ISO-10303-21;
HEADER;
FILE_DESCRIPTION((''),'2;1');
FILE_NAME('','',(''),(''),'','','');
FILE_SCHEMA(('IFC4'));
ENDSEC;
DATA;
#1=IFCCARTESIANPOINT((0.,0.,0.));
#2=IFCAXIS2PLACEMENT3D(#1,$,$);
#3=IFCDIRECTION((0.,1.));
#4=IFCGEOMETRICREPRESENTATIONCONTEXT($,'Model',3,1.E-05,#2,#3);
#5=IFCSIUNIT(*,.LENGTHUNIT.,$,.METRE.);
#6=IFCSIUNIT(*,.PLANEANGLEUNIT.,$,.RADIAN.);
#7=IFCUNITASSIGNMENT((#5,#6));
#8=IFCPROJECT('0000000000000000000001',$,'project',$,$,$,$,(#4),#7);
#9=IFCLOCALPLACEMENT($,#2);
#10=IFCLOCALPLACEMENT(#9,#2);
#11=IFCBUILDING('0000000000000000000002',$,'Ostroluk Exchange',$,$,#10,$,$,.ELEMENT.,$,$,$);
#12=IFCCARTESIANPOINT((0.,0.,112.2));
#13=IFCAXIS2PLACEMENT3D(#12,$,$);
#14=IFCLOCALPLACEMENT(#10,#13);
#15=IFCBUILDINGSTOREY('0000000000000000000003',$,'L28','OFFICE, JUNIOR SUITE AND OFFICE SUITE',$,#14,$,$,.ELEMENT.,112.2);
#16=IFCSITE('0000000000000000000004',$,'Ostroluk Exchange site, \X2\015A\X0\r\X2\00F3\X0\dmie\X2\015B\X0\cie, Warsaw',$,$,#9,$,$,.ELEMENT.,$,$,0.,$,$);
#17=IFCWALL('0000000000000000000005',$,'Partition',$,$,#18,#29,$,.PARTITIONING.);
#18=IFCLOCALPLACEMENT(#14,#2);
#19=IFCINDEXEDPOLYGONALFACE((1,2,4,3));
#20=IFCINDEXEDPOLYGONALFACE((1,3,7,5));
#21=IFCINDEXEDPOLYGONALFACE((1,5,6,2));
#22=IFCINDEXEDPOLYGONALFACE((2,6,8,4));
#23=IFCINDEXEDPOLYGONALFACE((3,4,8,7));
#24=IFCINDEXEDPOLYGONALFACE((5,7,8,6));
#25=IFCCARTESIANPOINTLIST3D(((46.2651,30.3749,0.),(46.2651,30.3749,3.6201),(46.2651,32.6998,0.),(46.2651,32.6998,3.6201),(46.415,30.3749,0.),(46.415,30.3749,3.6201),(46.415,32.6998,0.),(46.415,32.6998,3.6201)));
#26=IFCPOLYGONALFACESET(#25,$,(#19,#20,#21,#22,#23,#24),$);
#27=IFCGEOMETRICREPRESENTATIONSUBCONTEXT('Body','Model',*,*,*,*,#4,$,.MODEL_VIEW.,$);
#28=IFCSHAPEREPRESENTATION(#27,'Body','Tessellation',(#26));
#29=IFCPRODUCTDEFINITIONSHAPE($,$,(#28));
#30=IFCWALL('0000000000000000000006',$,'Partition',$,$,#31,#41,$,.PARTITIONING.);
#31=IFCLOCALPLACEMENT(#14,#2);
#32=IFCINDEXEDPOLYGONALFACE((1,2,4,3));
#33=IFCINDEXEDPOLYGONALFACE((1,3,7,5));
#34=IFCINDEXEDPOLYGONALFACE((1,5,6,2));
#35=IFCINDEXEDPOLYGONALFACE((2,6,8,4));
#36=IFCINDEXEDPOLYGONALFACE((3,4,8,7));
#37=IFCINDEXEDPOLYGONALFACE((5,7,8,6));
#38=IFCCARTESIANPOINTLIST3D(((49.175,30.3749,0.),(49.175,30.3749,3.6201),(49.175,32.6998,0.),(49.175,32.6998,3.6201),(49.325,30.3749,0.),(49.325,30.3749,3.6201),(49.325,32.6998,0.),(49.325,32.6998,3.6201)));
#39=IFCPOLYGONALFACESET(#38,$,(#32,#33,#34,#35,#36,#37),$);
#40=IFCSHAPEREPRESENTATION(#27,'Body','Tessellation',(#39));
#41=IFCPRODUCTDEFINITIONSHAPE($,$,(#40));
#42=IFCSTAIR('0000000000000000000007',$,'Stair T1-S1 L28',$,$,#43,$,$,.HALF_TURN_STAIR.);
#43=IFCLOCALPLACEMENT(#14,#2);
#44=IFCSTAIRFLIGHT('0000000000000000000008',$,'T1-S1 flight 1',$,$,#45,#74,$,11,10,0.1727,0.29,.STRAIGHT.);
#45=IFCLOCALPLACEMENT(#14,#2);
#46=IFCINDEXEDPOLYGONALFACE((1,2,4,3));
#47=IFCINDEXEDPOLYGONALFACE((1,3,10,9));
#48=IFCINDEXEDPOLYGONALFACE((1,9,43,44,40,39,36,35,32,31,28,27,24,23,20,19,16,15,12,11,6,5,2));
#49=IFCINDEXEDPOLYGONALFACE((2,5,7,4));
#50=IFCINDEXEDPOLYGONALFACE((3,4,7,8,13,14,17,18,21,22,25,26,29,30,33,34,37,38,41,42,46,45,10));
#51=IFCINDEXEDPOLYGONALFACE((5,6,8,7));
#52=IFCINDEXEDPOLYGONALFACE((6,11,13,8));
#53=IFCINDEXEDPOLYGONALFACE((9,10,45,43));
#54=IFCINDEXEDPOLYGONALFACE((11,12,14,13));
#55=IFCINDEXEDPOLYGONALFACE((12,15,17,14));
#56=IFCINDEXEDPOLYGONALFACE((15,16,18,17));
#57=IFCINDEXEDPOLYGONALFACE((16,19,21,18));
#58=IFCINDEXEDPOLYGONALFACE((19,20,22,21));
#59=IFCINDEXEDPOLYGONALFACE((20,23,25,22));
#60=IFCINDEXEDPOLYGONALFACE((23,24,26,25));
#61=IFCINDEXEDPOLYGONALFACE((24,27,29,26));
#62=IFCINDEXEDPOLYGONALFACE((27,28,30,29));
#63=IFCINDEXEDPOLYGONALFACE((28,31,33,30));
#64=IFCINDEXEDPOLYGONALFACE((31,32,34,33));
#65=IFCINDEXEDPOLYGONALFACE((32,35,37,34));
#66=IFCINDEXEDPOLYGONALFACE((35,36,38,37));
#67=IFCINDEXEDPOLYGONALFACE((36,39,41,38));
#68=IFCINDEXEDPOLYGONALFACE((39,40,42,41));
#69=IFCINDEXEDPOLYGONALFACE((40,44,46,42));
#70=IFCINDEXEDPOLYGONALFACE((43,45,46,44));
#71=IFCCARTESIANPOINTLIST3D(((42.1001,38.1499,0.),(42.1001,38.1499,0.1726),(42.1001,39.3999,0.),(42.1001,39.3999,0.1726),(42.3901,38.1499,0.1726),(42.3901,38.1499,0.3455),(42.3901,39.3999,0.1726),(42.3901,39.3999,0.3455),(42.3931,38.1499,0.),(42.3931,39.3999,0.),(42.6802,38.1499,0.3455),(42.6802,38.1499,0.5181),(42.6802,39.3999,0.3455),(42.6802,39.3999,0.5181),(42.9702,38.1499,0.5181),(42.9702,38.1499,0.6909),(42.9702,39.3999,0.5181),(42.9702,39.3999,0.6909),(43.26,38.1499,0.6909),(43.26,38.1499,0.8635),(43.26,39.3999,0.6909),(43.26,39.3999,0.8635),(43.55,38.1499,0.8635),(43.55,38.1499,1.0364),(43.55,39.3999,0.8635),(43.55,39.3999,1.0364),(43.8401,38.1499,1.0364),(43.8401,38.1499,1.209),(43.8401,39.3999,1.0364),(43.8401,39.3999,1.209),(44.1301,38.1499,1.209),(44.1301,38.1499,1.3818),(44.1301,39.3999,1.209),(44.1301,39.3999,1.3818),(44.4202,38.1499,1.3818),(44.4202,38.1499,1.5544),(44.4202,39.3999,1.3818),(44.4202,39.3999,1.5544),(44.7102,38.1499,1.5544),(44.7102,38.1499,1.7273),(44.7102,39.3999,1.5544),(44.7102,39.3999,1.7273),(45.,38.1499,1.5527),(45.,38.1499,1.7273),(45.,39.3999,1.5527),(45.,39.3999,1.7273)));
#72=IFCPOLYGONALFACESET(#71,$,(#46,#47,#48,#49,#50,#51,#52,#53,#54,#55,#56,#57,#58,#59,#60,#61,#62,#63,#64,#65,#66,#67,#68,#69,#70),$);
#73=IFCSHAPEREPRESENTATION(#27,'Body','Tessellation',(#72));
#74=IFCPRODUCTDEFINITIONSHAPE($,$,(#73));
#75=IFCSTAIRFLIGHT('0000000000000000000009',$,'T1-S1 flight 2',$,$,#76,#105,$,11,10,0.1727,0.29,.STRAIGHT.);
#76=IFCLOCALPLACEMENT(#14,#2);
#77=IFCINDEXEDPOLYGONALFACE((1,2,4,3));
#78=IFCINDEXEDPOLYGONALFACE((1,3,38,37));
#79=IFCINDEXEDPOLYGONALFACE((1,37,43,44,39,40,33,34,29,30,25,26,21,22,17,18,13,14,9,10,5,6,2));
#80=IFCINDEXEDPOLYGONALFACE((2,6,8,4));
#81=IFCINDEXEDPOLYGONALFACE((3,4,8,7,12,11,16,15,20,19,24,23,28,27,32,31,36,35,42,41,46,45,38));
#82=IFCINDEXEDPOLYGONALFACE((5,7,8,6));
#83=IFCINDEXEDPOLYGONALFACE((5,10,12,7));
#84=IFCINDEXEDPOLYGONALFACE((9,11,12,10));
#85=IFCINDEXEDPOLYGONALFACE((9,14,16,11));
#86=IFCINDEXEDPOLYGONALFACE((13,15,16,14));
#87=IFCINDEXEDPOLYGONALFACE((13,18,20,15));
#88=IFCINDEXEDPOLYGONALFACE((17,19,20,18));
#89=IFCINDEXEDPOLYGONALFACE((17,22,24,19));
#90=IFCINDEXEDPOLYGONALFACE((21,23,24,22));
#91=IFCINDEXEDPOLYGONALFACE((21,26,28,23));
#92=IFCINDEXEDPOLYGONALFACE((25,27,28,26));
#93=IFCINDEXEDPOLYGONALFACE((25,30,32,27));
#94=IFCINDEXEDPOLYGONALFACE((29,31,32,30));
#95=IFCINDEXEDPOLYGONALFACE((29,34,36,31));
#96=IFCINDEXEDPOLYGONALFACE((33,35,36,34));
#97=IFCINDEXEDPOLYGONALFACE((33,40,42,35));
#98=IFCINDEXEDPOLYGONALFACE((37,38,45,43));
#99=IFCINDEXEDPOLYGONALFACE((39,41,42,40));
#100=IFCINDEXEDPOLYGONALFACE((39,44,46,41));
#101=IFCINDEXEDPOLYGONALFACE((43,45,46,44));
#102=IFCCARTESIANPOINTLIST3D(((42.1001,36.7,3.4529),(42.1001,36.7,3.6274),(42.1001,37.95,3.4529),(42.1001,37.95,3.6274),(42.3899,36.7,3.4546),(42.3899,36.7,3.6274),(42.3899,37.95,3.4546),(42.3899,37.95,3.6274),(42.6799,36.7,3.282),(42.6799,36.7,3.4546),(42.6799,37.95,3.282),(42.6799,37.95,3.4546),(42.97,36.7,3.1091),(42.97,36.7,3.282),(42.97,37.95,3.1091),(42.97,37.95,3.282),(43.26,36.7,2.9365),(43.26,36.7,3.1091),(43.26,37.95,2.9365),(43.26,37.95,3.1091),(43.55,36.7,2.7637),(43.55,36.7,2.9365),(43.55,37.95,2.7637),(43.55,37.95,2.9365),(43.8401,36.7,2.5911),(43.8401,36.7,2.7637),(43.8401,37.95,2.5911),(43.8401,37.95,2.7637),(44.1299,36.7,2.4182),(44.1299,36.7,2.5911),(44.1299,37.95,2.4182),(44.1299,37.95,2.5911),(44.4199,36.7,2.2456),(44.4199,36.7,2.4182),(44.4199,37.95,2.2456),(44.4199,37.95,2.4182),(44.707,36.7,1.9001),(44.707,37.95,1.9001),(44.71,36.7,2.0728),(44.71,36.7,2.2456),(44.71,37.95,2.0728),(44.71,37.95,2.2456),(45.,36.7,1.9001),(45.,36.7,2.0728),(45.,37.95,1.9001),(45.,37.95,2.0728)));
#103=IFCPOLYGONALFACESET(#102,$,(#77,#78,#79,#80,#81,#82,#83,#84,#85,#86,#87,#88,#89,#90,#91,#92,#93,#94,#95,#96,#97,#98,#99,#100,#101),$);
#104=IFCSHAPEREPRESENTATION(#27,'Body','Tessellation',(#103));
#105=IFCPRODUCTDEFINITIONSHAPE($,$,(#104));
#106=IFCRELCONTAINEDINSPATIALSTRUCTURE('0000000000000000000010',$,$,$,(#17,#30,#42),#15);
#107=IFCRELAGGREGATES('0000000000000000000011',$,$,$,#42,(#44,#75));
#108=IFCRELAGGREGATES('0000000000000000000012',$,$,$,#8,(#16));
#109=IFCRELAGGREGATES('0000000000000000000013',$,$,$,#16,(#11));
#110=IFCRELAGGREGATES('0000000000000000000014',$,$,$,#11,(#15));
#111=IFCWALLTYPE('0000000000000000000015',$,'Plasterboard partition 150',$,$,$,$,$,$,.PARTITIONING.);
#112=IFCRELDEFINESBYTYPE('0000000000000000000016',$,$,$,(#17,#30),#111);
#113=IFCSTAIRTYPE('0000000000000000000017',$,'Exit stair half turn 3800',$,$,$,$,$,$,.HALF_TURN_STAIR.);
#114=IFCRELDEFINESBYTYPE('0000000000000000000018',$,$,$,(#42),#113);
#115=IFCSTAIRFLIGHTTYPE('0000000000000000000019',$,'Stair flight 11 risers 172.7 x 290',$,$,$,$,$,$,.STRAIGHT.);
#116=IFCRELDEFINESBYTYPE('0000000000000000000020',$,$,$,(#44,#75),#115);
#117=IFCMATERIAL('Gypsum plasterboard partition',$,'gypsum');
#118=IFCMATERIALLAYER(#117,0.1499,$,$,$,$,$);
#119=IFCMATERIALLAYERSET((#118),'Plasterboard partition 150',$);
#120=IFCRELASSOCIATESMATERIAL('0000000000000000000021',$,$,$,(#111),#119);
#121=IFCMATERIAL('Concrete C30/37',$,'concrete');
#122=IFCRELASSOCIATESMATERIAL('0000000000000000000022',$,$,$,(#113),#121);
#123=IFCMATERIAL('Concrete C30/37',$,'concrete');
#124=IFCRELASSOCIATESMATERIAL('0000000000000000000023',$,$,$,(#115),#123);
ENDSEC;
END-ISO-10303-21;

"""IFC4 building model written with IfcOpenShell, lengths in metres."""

from ifc_helpers import new_model, si_unit, direction, frame, frame_2d, origin, place, context, subcontext, project, spatial, polyline, rectangle, outline, extrude, material, layer, layer_set, type_object, element, aggregate, save


model = new_model("IFC4")

# Units and contexts
model_context = context("Model", 3, precision=1e-05, world=origin(), true_north=direction((0.0, 1.0)))
body_context = subcontext(model_context, "Body", "Model", "MODEL_VIEW")
ifc_project = project(units=[si_unit("LENGTHUNIT", "METRE"), si_unit("PLANEANGLEUNIT", "RADIAN")], contexts=[model_context])

# Site, building, storey
site_placement = place(None, origin())
site = spatial("IfcSite", under=ifc_project, at=site_placement, Name="Ostroluk Exchange site, Śródmieście, Warsaw", CompositionType="ELEMENT", RefElevation=0.0)
building_placement = place(site_placement, origin())
building = spatial("IfcBuilding", under=site, at=building_placement, Name="Ostroluk Exchange", CompositionType="ELEMENT")
storey_placement = place(building_placement, frame((0.0, 0.0, 112.2)))
storey = spatial("IfcBuildingStorey", under=building, at=storey_placement, Name="L28", Description="OFFICE, JUNIOR SUITE AND OFFICE SUITE", CompositionType="ELEMENT", Elevation=112.2)

# Shared definitions
ifc_material_1 = material(Name="Gypsum plasterboard partition", Category="gypsum")
ifc_layer_1 = layer(ifc_material_1, 0.1499)
ifc_layer_set_1 = layer_set([ifc_layer_1], Name="Plasterboard partition 150")
wall_type_1 = type_object("IfcWallType", Name="Plasterboard partition 150", PredefinedType="PARTITIONING", material=ifc_layer_set_1)

# Walls
for number, where, z_axis, x_axis, name in (
    (1, (46.3401, 32.7, 0.0), (0.0, 0.0, 1.0), (0.0, -1.0, 0.0), "Partition"),
    (2, (49.25, 32.7, 0.0), (0.0, 0.0, 1.0), (0.0, -1.0, 0.0), "Partition"),
):
    element("IfcWall", number, at=place(storey_placement, frame(where, z_axis=z_axis, x_axis=x_axis)), inside=storey, type_object=wall_type_1, Name=name, PredefinedType="PARTITIONING", context=body_context, shape_type="SweptSolid", body=[
        extrude(rectangle(XDim=2.325, YDim=0.1499, at=frame_2d((1.1626, 0.0))), origin(), (0.0, 0.0, 1.0), 3.6201),
    ])

# Stair, stair flights
ifc_material_2 = material(Name="Concrete C30/37", Category="concrete")
stair_type = type_object("IfcStairType", Name="Exit stair half turn 3800", PredefinedType="HALF_TURN_STAIR", material=ifc_material_2)
stair_placement = place(storey_placement, origin())
stair = element("IfcStair", 3, at=stair_placement, inside=storey, type_object=stair_type, Name="Stair T1-S1 L28", PredefinedType="HALF_TURN_STAIR")
ifc_material_3 = material(Name="Concrete C30/37", Category="concrete")
stair_flight_type = type_object("IfcStairFlightType", Name="Stair flight 11 risers 172.7 x 290", PredefinedType="STRAIGHT", material=ifc_material_3)
stair_flight_1_placement = place(storey_placement, frame((42.1001, 38.7749, 0.0), z_axis=(0.0, 0.0, 1.0), x_axis=(1.0, 0.0, 0.0)))
stair_flight_1 = element("IfcStairFlight", 4, at=stair_flight_1_placement, type_object=stair_flight_type, Name="T1-S1 flight 1", NumberOfRisers=11, NumberOfTreads=10, PredefinedType="STRAIGHT", RiserHeight=0.1727, TreadLength=0.29, context=body_context, shape_type="SweptSolid", body=[
    extrude(outline(polyline([(0.0, 0.0), (0.0, 0.1726), (0.29, 0.1726), (0.29, 0.3455), (0.5801, 0.3455), (0.5801, 0.5181), (0.8701, 0.5181), (0.8701, 0.6909), (1.1599, 0.6909), (1.1599, 0.8635), (1.45, 0.8635), (1.45, 1.0364), (1.74, 1.0364), (1.74, 1.209), (2.03, 1.209), (2.03, 1.3818), (2.3201, 1.3818), (2.3201, 1.5544), (2.6101, 1.5544), (2.6101, 1.7273), (2.8999, 1.7273), (2.8999, 1.8999), (2.8999, 1.5527), (0.293, 0.0), (0.0, 0.0)])), frame((0.0, 0.625, 0.0), z_axis=(0.0, -1.0, 0.0), x_axis=(1.0, 0.0, 0.0)), (0.0, 0.0, 1.0), 1.25),
])
stair_flight_2_placement = place(storey_placement, frame((45.0, 37.325, 1.9001), z_axis=(0.0, 0.0, 1.0), x_axis=(-1.0, 0.0, 0.0)))
stair_flight_2 = element("IfcStairFlight", 5, at=stair_flight_2_placement, type_object=stair_flight_type, Name="T1-S1 flight 2", NumberOfRisers=11, NumberOfTreads=10, PredefinedType="STRAIGHT", RiserHeight=0.1727, TreadLength=0.29, context=body_context, shape_type="SweptSolid", body=[
    extrude(outline(polyline([(0.0, 0.0), (0.0, 0.1726), (0.29, 0.1726), (0.29, 0.3455), (0.5801, 0.3455), (0.5801, 0.5181), (0.8701, 0.5181), (0.8701, 0.6909), (1.1599, 0.6909), (1.1599, 0.8635), (1.45, 0.8635), (1.45, 1.0364), (1.74, 1.0364), (1.74, 1.209), (2.03, 1.209), (2.03, 1.3818), (2.3201, 1.3818), (2.3201, 1.5544), (2.6101, 1.5544), (2.6101, 1.7273), (2.8999, 1.7273), (2.8999, 1.8999), (2.8999, 1.5527), (0.293, 0.0), (0.0, 0.0)])), frame((0.0, 0.625, 0.0), z_axis=(0.0, -1.0, 0.0), x_axis=(1.0, 0.0, 0.0)), (0.0, 0.0, 1.0), 1.25),
])
aggregate(stair, [stair_flight_1, stair_flight_2])

save(model, "model.ifc")
